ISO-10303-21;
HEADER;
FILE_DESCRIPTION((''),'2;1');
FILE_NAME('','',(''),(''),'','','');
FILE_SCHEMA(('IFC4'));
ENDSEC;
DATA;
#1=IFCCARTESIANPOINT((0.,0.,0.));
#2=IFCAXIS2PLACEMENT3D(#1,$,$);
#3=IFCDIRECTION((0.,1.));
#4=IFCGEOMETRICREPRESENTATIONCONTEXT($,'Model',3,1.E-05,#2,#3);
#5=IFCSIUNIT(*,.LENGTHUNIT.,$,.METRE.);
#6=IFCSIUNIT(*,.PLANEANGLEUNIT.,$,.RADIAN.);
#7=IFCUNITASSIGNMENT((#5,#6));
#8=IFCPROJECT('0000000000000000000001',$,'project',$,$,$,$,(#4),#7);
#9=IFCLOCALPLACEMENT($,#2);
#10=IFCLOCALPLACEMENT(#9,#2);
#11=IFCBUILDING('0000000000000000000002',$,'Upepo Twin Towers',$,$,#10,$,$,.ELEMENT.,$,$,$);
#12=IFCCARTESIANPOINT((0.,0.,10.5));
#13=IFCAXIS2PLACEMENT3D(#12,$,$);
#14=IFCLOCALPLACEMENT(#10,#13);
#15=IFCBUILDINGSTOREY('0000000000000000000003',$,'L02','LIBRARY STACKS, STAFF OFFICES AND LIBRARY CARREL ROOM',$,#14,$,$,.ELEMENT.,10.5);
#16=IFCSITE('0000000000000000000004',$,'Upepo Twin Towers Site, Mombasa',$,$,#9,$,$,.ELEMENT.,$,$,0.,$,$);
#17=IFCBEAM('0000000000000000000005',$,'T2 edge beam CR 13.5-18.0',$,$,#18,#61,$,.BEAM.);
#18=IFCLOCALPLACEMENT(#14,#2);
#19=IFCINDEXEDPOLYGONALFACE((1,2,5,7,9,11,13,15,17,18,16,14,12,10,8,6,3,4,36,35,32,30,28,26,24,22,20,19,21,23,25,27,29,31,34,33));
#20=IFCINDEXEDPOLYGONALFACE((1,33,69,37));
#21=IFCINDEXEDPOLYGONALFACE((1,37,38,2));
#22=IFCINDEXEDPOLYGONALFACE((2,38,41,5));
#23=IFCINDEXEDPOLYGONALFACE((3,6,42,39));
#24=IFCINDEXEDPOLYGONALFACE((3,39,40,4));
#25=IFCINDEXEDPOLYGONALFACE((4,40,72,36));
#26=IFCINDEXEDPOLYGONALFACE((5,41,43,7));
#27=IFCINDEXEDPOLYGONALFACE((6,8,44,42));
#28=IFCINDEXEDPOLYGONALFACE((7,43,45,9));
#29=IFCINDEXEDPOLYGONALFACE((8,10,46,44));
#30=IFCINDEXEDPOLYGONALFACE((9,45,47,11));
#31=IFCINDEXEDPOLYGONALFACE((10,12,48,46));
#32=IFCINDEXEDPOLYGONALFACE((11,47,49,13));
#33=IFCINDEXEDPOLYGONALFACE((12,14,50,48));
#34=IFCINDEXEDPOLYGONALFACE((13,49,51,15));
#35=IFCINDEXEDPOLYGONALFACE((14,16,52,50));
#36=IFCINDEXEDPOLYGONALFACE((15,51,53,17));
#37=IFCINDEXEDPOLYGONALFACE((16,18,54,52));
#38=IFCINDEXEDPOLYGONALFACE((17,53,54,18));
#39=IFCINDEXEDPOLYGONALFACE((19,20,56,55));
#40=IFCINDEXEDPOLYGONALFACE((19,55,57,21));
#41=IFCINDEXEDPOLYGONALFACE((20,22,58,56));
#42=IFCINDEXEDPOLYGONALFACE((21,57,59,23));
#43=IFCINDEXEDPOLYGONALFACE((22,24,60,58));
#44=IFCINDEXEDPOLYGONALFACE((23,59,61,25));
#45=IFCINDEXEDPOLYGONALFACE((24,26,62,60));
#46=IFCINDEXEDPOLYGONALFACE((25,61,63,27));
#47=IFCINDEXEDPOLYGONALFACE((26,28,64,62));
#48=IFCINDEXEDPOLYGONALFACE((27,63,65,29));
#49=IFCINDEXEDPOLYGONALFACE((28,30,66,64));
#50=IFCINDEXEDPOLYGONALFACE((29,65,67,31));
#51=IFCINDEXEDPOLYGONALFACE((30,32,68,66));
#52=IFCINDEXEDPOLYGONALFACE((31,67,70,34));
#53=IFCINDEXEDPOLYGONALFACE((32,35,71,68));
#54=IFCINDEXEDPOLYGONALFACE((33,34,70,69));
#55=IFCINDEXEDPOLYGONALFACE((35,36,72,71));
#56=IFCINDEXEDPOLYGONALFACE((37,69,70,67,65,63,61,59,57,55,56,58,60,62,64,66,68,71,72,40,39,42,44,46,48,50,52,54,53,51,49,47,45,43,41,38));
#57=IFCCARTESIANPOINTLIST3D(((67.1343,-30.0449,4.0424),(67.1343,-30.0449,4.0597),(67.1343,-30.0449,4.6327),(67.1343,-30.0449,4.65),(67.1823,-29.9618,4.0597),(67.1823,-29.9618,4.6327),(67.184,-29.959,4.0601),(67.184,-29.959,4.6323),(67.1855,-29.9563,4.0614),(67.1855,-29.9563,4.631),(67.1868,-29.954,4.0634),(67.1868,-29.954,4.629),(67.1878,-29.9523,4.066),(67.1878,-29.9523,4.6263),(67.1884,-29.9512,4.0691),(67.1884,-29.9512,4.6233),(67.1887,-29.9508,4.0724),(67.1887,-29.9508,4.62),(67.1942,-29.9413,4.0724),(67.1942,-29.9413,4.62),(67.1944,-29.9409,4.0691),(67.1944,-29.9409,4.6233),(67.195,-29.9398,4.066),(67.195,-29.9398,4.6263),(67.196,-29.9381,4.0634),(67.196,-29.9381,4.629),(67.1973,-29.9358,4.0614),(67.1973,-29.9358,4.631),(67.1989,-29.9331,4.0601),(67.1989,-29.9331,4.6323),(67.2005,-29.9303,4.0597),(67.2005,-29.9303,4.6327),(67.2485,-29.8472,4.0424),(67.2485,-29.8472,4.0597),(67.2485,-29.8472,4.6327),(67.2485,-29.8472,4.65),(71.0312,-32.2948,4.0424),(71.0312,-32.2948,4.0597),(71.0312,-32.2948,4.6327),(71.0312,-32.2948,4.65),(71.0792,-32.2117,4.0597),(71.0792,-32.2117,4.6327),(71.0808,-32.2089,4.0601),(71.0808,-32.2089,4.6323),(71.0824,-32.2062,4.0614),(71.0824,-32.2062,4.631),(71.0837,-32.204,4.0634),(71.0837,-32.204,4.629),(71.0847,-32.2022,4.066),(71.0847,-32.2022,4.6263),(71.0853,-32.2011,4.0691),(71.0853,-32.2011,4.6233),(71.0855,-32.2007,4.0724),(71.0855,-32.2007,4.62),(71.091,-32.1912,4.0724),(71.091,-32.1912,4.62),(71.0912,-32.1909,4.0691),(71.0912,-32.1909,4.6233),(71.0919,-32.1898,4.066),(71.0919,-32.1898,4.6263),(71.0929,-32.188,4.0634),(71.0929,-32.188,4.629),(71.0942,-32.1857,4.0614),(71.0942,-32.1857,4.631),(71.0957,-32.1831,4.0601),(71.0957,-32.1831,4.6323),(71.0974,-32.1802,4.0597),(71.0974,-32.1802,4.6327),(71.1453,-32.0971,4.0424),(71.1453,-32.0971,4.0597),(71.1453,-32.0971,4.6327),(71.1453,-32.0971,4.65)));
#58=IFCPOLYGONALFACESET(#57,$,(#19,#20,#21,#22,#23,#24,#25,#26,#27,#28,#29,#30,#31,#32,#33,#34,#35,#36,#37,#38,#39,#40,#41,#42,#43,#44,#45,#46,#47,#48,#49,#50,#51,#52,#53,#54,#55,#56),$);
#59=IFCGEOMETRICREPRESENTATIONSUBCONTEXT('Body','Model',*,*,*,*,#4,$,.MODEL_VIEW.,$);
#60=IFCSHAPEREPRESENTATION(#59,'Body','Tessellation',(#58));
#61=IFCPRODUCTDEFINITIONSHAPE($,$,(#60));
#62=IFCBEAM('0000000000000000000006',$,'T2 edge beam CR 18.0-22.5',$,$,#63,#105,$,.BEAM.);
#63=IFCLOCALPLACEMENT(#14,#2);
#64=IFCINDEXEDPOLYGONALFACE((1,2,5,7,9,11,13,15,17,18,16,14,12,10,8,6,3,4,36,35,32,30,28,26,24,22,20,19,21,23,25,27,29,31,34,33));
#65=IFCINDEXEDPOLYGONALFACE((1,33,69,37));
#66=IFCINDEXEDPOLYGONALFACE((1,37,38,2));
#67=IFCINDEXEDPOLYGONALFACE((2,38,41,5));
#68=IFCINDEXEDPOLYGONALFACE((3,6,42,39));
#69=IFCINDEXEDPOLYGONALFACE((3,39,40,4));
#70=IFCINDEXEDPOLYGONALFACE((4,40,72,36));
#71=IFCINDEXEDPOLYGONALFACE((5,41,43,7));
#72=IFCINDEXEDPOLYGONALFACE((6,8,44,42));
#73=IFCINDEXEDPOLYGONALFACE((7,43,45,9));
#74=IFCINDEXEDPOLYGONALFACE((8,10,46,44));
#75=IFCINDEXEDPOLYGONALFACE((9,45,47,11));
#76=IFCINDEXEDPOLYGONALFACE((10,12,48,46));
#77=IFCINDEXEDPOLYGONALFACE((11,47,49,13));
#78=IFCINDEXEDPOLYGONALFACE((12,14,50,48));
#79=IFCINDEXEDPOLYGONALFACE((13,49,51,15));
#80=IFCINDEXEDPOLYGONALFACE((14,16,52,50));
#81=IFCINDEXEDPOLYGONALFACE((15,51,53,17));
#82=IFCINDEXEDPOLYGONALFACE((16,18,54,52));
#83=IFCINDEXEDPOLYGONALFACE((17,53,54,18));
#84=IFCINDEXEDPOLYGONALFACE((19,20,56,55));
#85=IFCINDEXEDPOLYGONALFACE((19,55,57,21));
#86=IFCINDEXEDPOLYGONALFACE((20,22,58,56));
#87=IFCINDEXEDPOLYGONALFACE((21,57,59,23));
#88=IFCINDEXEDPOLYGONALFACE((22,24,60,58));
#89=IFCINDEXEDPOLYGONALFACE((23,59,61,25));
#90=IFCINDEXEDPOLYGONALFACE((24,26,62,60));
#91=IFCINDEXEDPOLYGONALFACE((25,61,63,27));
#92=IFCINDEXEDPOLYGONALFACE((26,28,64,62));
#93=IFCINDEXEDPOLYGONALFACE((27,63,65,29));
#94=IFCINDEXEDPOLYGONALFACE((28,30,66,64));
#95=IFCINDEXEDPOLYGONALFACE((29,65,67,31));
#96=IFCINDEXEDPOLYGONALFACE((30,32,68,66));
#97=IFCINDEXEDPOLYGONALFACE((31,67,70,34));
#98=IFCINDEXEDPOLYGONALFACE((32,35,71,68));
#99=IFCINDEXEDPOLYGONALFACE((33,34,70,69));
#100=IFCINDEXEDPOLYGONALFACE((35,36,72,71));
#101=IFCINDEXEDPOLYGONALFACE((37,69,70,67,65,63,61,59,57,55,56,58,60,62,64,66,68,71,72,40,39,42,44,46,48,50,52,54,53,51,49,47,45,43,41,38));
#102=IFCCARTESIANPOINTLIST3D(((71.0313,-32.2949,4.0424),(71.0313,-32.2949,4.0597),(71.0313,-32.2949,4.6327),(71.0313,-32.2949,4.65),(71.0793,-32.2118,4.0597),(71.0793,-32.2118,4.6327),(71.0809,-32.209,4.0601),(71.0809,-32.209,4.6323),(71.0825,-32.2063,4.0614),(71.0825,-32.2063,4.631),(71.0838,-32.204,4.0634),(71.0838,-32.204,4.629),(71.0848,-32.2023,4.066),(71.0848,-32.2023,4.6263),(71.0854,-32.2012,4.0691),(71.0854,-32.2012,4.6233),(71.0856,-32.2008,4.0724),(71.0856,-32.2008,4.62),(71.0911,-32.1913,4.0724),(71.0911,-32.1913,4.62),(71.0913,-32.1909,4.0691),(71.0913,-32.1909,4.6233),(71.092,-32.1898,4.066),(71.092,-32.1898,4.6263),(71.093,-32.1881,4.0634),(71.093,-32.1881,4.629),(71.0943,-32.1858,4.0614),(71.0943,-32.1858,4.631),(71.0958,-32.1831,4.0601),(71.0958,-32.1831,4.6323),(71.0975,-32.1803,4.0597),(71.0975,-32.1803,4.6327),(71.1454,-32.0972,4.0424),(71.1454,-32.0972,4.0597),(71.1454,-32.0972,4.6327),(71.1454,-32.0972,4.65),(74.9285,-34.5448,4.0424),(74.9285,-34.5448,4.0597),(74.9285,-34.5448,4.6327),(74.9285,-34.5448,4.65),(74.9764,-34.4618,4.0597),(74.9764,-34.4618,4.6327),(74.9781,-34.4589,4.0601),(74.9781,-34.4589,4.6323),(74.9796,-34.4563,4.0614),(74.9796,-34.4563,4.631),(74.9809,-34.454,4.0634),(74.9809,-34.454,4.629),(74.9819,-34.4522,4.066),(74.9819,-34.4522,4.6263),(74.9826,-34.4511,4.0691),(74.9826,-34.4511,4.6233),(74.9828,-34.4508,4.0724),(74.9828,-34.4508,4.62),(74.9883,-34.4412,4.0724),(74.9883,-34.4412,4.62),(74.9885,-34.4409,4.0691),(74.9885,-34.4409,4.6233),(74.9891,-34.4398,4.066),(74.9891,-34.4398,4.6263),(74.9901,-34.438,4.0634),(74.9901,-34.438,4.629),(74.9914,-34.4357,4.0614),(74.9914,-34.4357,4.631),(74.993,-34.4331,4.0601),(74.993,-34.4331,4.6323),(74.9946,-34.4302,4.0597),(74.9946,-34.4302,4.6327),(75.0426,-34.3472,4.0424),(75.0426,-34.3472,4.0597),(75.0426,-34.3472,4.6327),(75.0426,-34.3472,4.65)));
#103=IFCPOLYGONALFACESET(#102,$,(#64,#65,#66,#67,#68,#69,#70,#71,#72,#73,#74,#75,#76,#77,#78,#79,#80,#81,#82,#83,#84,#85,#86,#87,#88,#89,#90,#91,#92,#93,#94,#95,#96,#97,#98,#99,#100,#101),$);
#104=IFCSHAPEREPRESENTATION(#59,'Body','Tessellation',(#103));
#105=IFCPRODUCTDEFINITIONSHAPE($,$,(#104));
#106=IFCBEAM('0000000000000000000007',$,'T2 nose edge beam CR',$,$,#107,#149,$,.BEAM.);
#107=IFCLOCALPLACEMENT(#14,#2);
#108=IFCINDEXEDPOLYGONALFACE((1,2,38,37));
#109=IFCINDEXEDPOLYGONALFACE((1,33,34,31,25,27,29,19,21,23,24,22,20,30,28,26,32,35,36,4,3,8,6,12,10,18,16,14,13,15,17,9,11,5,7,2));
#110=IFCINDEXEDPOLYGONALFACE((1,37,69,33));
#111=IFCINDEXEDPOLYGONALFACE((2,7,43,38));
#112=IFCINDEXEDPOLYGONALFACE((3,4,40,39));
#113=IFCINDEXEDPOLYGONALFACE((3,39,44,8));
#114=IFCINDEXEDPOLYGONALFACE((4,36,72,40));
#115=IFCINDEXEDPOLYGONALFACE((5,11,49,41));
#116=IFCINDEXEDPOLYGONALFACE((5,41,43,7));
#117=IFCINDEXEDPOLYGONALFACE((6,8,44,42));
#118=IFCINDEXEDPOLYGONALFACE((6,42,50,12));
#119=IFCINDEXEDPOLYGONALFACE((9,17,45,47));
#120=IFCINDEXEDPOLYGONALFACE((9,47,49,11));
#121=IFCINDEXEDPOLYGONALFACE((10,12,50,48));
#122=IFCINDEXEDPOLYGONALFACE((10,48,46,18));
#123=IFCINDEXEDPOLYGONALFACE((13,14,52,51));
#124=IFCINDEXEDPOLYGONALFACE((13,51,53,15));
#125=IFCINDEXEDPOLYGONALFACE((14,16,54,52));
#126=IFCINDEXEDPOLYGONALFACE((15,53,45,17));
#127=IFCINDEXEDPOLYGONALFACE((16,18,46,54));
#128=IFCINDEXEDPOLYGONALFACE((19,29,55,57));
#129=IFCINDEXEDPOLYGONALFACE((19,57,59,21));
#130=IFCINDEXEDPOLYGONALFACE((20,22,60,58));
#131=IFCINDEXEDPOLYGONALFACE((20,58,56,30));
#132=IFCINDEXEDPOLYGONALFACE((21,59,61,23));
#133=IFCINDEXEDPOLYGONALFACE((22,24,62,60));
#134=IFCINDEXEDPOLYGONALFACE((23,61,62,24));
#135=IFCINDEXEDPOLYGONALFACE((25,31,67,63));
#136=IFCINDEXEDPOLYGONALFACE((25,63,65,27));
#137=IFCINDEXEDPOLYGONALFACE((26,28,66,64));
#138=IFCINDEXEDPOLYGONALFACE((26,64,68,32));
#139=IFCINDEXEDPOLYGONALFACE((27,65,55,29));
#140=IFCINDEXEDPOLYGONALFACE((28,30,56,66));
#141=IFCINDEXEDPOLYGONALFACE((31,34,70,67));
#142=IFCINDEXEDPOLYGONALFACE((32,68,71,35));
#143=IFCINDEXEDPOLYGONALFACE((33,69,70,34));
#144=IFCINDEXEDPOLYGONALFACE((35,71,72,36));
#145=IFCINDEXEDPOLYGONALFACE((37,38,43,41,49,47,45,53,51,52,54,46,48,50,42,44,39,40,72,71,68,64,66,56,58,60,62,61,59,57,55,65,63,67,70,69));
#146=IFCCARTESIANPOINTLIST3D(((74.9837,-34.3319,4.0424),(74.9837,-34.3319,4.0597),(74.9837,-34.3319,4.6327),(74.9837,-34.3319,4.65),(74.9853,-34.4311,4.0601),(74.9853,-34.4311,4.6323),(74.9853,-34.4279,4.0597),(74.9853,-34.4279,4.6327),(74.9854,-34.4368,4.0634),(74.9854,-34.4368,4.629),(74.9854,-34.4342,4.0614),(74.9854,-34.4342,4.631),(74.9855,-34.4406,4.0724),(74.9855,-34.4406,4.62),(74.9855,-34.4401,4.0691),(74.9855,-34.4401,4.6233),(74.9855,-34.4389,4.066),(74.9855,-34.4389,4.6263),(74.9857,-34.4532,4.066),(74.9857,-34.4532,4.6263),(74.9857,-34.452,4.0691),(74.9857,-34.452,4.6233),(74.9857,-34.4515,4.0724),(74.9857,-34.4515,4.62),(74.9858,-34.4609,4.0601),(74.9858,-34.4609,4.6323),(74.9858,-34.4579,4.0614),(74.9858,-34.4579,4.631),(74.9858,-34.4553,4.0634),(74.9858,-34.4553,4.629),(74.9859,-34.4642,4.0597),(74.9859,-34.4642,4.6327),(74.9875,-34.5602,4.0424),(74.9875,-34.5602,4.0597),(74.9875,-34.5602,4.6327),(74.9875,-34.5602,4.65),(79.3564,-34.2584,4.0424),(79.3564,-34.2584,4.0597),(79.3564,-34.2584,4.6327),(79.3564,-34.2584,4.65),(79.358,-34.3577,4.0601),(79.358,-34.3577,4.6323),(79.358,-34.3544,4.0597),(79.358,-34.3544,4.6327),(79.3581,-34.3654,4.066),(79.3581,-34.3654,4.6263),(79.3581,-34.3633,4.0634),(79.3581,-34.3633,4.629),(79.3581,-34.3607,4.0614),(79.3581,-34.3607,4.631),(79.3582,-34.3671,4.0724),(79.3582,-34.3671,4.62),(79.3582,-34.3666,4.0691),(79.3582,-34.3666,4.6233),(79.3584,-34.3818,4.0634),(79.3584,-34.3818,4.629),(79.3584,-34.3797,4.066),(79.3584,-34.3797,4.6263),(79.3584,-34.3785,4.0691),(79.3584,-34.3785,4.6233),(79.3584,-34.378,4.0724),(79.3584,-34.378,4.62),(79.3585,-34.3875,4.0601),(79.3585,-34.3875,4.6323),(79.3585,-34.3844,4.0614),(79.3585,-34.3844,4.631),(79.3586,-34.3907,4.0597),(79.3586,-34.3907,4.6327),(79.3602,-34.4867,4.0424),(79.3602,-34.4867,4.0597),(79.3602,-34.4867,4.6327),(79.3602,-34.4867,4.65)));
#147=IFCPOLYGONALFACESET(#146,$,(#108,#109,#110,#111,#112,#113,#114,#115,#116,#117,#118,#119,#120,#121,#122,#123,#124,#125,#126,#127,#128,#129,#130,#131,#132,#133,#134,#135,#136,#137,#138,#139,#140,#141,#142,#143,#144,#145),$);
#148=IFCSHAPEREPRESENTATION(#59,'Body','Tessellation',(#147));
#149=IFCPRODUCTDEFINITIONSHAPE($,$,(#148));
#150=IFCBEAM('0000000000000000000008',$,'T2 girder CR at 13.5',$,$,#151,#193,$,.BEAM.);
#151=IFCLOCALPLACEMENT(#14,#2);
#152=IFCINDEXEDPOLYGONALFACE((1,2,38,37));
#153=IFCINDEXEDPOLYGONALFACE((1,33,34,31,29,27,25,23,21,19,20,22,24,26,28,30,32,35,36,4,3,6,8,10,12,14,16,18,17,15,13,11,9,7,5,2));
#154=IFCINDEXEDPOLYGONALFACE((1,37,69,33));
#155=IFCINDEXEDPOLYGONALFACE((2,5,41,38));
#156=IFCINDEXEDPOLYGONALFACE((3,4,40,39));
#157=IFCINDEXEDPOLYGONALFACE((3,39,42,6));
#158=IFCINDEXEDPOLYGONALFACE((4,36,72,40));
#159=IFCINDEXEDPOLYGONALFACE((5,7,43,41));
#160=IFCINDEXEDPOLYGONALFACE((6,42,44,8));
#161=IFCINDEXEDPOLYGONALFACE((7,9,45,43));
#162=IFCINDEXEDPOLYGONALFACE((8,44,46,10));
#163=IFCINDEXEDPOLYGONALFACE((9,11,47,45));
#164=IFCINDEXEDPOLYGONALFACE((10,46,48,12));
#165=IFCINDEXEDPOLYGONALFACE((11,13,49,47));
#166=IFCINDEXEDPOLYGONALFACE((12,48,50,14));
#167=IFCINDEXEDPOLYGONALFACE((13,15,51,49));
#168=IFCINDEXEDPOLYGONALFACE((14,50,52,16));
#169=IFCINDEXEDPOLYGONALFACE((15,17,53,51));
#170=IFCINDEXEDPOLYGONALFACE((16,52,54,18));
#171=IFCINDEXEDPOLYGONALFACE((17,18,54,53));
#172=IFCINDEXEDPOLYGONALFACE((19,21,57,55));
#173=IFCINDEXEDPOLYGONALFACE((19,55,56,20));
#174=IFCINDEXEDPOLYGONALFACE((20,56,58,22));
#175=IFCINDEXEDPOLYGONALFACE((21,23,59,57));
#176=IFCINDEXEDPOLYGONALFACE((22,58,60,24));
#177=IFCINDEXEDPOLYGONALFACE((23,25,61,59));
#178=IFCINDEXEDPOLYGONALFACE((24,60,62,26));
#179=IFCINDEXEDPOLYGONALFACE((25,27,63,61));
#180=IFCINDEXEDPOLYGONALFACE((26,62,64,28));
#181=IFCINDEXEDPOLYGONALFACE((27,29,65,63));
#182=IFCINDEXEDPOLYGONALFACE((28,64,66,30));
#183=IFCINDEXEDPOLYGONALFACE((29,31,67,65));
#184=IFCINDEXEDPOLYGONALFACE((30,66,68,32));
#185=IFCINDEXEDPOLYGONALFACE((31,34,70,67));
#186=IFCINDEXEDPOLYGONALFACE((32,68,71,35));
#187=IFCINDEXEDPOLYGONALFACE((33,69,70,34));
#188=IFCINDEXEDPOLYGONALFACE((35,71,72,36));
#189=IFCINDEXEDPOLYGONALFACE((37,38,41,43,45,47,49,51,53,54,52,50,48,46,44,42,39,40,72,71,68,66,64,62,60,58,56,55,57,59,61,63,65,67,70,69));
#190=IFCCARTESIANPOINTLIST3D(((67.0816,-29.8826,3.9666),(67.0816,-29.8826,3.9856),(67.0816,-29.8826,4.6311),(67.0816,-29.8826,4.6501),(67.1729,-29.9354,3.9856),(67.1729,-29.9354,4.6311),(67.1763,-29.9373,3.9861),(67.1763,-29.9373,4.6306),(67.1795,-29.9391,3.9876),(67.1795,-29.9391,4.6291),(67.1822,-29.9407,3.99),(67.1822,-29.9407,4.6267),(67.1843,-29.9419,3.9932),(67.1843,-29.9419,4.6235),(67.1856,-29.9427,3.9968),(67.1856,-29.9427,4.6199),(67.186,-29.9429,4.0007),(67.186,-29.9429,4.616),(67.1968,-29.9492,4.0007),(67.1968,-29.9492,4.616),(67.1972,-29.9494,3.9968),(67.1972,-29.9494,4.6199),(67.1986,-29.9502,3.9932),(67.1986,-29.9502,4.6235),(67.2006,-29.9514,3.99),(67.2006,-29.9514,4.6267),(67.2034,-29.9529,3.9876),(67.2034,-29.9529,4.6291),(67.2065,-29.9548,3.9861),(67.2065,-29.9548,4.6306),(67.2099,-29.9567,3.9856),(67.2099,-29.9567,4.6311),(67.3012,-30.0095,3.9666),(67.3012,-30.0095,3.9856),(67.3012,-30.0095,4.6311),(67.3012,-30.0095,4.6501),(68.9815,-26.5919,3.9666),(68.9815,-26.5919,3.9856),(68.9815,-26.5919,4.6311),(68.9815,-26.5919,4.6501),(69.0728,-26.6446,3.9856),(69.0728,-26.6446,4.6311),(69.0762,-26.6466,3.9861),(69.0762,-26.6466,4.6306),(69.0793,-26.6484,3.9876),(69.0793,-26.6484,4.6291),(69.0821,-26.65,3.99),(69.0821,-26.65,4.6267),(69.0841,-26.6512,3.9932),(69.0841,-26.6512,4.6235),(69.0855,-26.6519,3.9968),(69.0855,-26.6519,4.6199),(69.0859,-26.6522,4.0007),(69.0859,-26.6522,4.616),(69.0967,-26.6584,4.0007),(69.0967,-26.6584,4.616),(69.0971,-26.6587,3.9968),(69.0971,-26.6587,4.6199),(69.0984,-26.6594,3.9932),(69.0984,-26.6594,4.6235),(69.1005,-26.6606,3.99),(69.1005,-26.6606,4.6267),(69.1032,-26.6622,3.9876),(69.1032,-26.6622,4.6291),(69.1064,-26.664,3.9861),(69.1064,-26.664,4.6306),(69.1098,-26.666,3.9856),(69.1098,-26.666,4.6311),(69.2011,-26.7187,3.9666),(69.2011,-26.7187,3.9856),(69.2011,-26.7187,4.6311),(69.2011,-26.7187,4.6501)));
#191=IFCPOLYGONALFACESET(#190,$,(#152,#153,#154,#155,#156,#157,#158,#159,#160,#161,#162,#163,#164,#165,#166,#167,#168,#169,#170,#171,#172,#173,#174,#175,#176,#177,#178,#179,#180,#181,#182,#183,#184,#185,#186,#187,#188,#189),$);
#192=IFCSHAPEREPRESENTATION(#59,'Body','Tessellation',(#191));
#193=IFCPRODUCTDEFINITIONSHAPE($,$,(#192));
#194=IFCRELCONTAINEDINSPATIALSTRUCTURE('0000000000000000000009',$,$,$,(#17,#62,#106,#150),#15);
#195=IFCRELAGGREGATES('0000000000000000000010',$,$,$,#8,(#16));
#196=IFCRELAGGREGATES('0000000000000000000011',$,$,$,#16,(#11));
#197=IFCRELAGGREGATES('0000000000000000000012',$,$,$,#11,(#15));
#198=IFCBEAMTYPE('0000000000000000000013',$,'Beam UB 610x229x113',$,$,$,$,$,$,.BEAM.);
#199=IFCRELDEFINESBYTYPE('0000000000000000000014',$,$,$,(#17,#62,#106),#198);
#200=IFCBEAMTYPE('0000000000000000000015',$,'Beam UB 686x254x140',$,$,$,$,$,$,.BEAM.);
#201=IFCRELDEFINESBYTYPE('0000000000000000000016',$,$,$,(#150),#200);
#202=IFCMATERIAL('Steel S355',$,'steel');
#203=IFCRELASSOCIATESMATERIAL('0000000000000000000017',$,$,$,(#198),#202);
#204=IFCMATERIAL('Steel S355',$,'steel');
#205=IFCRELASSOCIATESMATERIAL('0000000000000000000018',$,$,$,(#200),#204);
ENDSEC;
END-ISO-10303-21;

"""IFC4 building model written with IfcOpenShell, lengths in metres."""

from ifc_helpers import new_model, si_unit, direction, frame, origin, origin_2d, place, context, subcontext, project, spatial, i_section, extrude, material, material_profile, profile_set, type_object, element, save


model = new_model("IFC4")

# Units and contexts
model_context = context("Model", 3, precision=1e-05, world=origin(), true_north=direction((0.0, 1.0)))
body_context = subcontext(model_context, "Body", "Model", "MODEL_VIEW")
ifc_project = project(units=[si_unit("LENGTHUNIT", "METRE"), si_unit("PLANEANGLEUNIT", "RADIAN")], contexts=[model_context])

# Site, building, storey
site_placement = place(None, origin())
site = spatial("IfcSite", under=ifc_project, at=site_placement, Name="Upepo Twin Towers Site, Mombasa", CompositionType="ELEMENT", RefElevation=0.0)
building_placement = place(site_placement, origin())
building = spatial("IfcBuilding", under=site, at=building_placement, Name="Upepo Twin Towers", CompositionType="ELEMENT")
storey_placement = place(building_placement, frame((0.0, 0.0, 10.5)))
storey = spatial("IfcBuildingStorey", under=building, at=storey_placement, Name="L02", Description="LIBRARY STACKS, STAFF OFFICES AND LIBRARY CARREL ROOM", CompositionType="ELEMENT", Elevation=10.5)

# Beams
ifc_material_1 = material(Name="Steel S355", Category="steel")
ifc_material_profile_1 = material_profile(ifc_material_1, i_section(OverallWidth=0.2283, OverallDepth=0.6077, WebThickness=0.011, FlangeThickness=0.0173, FilletRadius=0.0127, at=origin_2d()), Name="UB 610x229x113")
ifc_profile_set_1 = profile_set([ifc_material_profile_1], Name="Steel S355")
beam_type_1 = type_object("IfcBeamType", Name="Beam UB 610x229x113", PredefinedType="BEAM", material=ifc_profile_set_1)
beam_1_placement = place(storey_placement, frame((67.1914, -29.946, 4.3462), z_axis=(0.866018, -0.500014, 0.0), x_axis=(0.500014, 0.866018, 0.0)))
element("IfcBeam", 1, at=beam_1_placement, inside=storey, type_object=beam_type_1, Name="T2 edge beam CR 13.5-18.0", PredefinedType="BEAM", context=body_context, shape_type="SweptSolid", body=[
    extrude(i_section(OverallWidth=0.2283, OverallDepth=0.6077, WebThickness=0.011, FlangeThickness=0.0173, FilletRadius=0.0127, at=origin_2d()), origin(), (0.0, 0.0, 1.0), 4.4998),
])
beam_2_placement = place(storey_placement, frame((71.0884, -32.196, 4.3462), z_axis=(0.866031, -0.49999, 0.0), x_axis=(0.49999, 0.866031, 0.0)))
element("IfcBeam", 2, at=beam_2_placement, inside=storey, type_object=beam_type_1, Name="T2 edge beam CR 18.0-22.5", PredefinedType="BEAM", context=body_context, shape_type="SweptSolid", body=[
    extrude(i_section(OverallWidth=0.2283, OverallDepth=0.6077, WebThickness=0.011, FlangeThickness=0.0173, FilletRadius=0.0127, at=origin_2d()), origin(), (0.0, 0.0, 1.0), 4.5),
])
beam_3_placement = place(storey_placement, frame((74.9856, -34.446, 4.3462), z_axis=(0.999859, 0.016804, 0.0), x_axis=(-0.016804, 0.999859, 0.0)))
element("IfcBeam", 3, at=beam_3_placement, inside=storey, type_object=beam_type_1, Name="T2 nose edge beam CR", PredefinedType="BEAM", context=body_context, shape_type="SweptSolid", body=[
    extrude(i_section(OverallWidth=0.2283, OverallDepth=0.6077, WebThickness=0.011, FlangeThickness=0.0173, FilletRadius=0.0127, at=origin_2d()), origin(), (0.0, 0.0, 1.0), 4.3733),
])
ifc_material_2 = material(Name="Steel S355", Category="steel")
ifc_material_profile_2 = material_profile(ifc_material_2, i_section(OverallWidth=0.2537, OverallDepth=0.6836, WebThickness=0.0125, FlangeThickness=0.019, FilletRadius=0.0151, at=origin_2d()), Name="UB 686x254x140")
ifc_profile_set_2 = profile_set([ifc_material_profile_2], Name="Steel S355")
beam_type_2 = type_object("IfcBeamType", Name="Beam UB 686x254x140", PredefinedType="BEAM", material=ifc_profile_set_2)
beam_4_placement = place(storey_placement, frame((67.1914, -29.946, 4.3083), z_axis=(0.499995, 0.866028, 0.0), x_axis=(-0.866028, 0.499995, 0.0)))
element("IfcBeam", 4, at=beam_4_placement, inside=storey, type_object=beam_type_2, Name="T2 girder CR at 13.5", PredefinedType="BEAM", context=body_context, shape_type="SweptSolid", body=[
    extrude(i_section(OverallWidth=0.2537, OverallDepth=0.6836, WebThickness=0.0125, FlangeThickness=0.019, FilletRadius=0.0151, at=origin_2d()), origin(), (0.0, 0.0, 1.0), 3.7998),
])

save(model, "model.ifc")
